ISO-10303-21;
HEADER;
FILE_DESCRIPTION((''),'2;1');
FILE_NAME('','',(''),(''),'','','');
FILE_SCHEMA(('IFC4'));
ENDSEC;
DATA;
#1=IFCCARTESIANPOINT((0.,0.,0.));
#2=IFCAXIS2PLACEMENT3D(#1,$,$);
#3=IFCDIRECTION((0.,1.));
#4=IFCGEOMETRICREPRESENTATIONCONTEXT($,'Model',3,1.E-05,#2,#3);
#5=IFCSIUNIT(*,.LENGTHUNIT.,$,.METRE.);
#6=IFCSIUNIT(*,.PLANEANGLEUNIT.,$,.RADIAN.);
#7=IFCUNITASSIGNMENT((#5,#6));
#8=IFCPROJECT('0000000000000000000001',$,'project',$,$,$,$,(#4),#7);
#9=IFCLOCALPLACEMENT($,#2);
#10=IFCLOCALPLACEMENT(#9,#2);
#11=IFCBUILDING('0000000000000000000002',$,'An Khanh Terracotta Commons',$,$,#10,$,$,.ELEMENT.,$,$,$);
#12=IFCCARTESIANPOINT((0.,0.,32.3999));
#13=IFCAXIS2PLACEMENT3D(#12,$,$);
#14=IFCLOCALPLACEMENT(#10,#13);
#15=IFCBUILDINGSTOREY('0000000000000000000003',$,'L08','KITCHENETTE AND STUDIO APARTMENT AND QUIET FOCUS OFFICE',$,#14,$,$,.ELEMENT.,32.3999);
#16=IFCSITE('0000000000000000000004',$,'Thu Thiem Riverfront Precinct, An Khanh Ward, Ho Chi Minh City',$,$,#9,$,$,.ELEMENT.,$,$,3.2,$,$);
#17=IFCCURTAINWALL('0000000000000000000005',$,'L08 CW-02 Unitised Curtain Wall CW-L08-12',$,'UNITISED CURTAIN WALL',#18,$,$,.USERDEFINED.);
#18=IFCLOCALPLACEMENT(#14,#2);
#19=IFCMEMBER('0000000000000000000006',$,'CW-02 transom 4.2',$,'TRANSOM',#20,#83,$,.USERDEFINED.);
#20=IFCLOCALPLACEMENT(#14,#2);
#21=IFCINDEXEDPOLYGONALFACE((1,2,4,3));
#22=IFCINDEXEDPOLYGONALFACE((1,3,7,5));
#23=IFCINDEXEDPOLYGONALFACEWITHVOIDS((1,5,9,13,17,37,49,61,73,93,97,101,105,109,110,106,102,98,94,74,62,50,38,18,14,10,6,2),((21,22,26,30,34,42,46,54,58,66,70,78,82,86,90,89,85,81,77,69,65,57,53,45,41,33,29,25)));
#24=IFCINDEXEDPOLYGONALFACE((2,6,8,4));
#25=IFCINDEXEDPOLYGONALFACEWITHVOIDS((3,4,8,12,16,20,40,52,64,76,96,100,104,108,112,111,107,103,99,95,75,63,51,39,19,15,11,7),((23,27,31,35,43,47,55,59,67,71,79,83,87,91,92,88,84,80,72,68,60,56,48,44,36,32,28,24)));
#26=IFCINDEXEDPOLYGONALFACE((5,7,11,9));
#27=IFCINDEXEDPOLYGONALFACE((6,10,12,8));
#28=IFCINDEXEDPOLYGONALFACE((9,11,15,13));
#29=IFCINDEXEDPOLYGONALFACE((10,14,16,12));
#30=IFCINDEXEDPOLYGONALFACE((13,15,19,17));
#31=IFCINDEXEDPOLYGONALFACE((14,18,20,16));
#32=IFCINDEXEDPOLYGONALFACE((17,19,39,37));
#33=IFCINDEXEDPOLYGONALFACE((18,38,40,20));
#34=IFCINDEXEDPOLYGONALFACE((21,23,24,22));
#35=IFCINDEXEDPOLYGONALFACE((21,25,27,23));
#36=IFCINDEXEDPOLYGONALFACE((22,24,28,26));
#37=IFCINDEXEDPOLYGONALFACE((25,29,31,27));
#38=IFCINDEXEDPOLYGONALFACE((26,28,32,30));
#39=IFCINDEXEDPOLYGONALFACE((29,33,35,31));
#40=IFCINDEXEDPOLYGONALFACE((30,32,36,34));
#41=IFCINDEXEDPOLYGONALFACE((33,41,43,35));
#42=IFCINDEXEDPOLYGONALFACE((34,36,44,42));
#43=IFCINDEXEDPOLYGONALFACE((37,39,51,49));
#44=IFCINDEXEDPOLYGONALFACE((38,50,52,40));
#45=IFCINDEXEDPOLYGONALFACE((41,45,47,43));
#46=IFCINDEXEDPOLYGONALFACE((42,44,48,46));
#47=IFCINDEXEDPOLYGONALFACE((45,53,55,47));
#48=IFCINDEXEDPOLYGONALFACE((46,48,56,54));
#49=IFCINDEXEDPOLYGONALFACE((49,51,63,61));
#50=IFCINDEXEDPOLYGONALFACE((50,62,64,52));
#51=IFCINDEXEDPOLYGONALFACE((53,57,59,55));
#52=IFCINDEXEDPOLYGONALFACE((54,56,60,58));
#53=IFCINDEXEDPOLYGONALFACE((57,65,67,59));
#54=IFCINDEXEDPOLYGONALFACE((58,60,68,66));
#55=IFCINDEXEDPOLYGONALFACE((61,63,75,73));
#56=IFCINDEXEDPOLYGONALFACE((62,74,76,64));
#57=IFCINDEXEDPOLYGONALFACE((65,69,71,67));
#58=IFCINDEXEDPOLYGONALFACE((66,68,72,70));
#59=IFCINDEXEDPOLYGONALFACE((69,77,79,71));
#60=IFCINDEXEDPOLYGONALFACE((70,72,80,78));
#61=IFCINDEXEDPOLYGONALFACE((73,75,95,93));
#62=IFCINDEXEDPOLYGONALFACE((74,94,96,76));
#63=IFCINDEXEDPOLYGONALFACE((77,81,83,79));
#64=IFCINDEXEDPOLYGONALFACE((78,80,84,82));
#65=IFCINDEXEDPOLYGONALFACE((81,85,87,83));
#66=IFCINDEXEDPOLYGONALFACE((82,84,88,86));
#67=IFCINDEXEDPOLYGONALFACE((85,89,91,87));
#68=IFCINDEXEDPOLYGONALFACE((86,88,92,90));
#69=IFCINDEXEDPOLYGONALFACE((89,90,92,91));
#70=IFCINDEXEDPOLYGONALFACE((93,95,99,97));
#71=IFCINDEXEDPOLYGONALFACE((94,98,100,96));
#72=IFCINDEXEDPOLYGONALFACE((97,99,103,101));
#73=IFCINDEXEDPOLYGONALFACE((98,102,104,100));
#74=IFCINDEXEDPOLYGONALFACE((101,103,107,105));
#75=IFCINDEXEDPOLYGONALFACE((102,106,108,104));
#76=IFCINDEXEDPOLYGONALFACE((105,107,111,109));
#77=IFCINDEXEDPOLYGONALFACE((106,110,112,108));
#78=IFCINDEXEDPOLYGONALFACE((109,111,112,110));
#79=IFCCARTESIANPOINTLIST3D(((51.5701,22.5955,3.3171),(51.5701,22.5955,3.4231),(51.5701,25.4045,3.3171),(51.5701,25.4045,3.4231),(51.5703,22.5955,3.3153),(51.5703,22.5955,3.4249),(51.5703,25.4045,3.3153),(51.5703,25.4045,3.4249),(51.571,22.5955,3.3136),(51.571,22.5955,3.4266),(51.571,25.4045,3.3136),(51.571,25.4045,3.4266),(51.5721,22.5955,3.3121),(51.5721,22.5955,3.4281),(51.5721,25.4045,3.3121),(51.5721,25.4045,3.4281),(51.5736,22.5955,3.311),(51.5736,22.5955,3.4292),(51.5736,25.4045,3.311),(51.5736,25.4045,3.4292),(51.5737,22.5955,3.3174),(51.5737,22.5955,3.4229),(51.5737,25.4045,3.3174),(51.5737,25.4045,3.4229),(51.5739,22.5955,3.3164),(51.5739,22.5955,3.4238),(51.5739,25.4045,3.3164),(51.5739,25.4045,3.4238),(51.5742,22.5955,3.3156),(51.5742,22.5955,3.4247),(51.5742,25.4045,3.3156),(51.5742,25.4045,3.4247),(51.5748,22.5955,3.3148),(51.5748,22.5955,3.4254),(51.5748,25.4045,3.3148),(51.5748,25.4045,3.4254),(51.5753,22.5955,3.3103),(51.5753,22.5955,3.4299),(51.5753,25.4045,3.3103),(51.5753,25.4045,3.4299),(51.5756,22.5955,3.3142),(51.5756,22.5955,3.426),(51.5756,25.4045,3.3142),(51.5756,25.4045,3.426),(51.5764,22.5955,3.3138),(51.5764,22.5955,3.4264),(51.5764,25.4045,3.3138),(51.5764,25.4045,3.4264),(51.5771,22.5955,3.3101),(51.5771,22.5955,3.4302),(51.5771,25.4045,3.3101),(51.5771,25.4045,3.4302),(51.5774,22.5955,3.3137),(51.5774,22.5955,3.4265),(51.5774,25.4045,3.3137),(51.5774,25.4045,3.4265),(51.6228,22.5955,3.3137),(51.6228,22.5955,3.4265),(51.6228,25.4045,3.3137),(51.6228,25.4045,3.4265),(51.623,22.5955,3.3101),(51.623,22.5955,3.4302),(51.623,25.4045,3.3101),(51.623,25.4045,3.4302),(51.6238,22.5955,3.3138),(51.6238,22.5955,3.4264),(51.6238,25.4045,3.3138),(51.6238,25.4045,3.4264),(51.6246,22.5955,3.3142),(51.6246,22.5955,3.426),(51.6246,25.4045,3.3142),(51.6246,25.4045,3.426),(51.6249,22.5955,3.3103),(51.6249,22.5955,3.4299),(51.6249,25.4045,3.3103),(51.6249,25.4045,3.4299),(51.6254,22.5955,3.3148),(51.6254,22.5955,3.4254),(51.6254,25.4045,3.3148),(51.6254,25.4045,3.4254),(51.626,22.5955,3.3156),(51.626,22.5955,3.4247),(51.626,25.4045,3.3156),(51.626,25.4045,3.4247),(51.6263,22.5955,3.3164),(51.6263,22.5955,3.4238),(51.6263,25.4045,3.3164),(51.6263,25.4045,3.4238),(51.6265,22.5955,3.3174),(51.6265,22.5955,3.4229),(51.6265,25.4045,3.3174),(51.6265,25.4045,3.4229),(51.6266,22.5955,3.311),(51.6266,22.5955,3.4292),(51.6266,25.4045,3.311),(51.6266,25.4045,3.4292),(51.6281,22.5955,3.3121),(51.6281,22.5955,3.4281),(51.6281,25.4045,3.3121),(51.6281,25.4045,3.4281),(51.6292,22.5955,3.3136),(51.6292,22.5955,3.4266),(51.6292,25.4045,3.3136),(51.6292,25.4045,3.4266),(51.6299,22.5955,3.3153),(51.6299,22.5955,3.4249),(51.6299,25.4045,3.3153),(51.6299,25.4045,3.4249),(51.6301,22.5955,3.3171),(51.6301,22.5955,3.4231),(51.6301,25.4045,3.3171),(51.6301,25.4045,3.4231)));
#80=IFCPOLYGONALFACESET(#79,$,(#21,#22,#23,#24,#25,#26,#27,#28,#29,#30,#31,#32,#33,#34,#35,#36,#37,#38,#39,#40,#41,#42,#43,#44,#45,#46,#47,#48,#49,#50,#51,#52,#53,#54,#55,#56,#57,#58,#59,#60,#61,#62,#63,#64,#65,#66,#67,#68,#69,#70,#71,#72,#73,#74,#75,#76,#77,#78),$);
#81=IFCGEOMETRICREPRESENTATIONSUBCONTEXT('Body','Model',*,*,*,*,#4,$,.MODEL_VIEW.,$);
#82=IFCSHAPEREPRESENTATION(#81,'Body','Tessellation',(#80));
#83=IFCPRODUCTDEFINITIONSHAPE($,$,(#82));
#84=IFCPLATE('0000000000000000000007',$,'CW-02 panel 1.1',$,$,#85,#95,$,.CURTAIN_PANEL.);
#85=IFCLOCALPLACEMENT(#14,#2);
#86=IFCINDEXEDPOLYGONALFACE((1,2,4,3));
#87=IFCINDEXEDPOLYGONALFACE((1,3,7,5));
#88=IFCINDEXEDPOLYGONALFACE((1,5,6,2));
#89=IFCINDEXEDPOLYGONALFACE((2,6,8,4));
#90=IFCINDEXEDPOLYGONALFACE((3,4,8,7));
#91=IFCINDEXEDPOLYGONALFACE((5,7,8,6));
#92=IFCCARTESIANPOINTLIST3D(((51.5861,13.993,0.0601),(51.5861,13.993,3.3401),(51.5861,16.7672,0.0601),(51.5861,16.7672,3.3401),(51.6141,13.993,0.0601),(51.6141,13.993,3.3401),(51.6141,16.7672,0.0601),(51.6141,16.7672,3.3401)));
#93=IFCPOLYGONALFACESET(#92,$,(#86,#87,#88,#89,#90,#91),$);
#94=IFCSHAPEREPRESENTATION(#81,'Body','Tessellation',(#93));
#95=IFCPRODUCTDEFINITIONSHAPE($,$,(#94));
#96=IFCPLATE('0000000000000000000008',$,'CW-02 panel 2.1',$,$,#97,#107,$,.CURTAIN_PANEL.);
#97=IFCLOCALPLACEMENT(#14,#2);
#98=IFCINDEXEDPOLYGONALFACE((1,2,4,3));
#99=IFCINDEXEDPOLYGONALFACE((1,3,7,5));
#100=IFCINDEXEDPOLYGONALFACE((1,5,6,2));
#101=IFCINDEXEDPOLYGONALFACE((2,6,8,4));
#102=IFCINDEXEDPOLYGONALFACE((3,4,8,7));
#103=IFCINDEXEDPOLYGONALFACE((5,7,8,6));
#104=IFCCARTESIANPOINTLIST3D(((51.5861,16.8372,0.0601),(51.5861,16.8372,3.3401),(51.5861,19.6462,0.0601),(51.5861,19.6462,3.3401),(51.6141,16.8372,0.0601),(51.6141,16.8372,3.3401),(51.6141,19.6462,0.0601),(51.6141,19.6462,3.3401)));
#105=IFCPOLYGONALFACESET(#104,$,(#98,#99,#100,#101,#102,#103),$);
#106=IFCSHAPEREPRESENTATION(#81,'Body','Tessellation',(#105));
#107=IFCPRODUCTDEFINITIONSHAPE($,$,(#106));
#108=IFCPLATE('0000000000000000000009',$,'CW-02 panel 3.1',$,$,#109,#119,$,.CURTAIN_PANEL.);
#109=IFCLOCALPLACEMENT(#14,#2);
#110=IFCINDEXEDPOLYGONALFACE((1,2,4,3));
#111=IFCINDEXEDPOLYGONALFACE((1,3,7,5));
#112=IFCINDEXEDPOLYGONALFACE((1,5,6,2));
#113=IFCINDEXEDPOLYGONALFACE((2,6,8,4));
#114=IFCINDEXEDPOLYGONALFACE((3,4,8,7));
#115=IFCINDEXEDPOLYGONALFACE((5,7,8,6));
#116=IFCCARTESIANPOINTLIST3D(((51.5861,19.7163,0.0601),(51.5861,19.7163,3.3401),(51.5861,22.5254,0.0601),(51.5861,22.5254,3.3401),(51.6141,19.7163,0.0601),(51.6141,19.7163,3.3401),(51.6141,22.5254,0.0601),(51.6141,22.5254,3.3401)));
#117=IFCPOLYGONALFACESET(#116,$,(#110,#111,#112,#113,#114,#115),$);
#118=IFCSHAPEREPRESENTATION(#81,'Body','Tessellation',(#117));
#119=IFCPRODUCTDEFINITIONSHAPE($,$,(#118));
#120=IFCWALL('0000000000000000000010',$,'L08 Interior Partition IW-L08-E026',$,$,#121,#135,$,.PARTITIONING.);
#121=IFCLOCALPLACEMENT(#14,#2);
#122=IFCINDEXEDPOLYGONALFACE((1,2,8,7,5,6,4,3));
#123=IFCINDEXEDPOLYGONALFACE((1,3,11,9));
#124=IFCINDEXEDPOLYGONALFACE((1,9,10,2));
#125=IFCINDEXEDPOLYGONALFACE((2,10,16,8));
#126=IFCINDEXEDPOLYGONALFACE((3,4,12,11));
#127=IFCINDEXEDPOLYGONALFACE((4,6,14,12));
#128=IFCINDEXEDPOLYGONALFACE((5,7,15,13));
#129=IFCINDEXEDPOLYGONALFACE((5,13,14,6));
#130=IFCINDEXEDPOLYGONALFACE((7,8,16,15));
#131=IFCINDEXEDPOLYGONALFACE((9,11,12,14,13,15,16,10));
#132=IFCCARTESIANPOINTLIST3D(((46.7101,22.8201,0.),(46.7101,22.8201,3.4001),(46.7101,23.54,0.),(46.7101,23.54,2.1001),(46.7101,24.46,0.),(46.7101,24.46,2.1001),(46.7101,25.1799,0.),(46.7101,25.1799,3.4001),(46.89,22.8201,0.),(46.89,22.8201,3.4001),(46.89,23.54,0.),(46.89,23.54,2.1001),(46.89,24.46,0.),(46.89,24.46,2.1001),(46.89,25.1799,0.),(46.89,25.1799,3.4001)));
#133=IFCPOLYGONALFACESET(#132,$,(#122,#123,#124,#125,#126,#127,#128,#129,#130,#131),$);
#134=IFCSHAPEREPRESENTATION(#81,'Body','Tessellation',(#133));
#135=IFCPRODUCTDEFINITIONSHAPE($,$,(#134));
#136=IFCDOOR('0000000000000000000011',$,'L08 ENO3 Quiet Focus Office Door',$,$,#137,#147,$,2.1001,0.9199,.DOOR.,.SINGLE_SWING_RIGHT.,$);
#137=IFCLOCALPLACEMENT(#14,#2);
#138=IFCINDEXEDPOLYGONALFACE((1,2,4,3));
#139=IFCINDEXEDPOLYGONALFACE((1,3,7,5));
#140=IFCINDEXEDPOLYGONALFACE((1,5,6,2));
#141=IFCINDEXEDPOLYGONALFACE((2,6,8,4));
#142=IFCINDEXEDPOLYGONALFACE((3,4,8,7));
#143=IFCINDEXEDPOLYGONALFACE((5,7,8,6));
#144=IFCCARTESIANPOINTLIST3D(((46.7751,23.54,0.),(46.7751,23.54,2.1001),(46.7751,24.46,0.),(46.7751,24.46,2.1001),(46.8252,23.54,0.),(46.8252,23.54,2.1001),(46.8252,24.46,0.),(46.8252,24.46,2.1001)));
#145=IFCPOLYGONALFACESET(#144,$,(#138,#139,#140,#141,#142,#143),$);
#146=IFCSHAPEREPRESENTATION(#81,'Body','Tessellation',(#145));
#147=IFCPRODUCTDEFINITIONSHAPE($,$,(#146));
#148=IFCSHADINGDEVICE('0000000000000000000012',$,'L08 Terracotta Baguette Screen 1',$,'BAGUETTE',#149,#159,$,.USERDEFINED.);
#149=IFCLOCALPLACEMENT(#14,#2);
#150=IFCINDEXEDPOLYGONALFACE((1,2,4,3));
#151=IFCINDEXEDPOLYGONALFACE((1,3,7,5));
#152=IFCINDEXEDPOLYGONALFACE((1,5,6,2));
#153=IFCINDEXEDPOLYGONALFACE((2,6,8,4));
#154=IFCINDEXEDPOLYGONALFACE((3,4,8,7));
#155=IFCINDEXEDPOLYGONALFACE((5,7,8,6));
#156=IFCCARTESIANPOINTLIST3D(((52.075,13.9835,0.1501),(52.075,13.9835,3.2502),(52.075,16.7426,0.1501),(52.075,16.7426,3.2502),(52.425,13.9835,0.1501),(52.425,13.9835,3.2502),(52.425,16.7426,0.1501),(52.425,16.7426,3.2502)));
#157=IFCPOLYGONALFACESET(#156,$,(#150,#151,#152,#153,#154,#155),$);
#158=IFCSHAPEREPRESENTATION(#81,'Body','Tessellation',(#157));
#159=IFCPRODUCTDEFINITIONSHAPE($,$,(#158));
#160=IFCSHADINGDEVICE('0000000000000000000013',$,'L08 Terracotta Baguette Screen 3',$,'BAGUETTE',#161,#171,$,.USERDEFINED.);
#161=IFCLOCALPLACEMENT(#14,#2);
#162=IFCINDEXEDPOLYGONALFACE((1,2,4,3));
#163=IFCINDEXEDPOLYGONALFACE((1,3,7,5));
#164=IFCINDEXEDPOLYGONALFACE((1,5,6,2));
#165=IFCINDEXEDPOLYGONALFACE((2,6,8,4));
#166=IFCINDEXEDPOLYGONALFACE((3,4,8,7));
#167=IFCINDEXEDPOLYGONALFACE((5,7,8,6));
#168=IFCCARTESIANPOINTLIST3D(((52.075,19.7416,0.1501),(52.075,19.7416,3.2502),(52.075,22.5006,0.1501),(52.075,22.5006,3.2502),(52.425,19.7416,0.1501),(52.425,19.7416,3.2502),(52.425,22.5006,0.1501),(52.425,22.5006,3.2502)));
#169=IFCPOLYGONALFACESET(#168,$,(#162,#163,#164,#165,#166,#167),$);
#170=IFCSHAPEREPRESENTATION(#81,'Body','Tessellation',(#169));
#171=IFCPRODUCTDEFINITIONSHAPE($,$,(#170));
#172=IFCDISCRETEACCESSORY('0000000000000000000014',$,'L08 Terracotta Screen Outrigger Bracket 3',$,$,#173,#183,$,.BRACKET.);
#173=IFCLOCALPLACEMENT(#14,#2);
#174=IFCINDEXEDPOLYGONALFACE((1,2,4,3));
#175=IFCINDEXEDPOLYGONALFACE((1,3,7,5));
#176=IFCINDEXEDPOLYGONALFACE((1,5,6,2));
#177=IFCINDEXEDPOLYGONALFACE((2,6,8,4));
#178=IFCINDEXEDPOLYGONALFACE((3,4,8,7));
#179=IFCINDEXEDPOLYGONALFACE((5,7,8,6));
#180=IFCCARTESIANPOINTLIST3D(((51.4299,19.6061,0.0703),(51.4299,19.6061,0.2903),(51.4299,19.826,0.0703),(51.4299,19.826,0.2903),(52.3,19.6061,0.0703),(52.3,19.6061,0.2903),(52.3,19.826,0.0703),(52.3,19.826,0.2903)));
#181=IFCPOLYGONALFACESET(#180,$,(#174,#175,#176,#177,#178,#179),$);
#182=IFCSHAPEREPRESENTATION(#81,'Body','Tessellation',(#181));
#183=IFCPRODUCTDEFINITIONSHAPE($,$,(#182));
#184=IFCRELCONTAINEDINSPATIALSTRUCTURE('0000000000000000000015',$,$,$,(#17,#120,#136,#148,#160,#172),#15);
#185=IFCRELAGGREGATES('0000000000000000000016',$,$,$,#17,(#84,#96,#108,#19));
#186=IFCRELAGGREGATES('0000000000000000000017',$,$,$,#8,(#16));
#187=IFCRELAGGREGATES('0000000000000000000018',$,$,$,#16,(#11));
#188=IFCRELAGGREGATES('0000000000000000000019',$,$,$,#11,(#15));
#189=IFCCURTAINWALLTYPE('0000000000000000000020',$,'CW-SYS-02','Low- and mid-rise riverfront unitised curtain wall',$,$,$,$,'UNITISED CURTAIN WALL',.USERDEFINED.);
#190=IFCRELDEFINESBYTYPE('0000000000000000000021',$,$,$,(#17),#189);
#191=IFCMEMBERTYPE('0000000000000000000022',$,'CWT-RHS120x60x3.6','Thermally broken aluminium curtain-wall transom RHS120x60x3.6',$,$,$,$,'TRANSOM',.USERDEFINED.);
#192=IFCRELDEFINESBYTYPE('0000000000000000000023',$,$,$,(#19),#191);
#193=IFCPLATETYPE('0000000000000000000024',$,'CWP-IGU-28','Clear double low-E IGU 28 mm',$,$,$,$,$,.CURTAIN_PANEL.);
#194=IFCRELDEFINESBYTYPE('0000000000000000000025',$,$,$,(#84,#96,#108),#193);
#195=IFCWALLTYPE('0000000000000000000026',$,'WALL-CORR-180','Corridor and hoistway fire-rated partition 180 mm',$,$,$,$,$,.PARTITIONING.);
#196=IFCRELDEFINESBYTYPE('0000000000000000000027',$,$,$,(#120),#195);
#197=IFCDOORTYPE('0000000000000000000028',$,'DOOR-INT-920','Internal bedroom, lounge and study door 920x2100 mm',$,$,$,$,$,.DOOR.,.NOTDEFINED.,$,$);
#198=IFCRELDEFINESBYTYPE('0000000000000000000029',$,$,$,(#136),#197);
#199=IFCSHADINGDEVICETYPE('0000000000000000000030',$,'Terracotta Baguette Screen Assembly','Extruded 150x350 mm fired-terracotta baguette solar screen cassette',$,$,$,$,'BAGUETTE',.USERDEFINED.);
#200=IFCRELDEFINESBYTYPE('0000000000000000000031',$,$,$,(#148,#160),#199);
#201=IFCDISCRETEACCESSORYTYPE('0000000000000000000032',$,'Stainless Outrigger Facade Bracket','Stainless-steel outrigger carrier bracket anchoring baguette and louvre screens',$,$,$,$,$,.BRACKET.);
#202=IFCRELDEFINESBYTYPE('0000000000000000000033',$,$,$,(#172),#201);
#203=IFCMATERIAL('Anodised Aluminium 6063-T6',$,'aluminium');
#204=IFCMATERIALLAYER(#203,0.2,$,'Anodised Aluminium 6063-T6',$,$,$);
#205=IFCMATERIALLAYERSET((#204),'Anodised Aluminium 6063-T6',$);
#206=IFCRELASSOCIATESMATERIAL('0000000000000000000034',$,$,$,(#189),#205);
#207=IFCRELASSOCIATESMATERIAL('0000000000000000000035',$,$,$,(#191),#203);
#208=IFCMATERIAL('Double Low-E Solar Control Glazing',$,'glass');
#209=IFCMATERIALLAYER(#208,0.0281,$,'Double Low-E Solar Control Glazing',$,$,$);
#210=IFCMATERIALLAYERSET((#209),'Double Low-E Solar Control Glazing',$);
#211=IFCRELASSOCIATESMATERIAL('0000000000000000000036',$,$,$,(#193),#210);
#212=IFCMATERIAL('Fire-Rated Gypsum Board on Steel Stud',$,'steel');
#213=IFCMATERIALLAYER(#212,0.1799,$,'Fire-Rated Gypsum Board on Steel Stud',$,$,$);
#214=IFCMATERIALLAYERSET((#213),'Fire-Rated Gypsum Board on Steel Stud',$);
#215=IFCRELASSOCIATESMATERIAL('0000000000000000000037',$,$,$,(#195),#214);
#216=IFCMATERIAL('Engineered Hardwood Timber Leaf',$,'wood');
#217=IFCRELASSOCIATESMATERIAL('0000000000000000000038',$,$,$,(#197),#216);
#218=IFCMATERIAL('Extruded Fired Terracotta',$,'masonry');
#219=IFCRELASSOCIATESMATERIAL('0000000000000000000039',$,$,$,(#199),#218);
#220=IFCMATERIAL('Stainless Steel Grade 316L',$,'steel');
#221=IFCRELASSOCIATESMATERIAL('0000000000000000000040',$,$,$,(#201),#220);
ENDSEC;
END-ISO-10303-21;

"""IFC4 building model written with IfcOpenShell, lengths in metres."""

from ifc_helpers import new_model, si_unit, direction, frame, frame_2d, origin, origin_2d, place, context, subcontext, project, spatial, rectangle, hollow_rectangle, extrude, material, layer, layer_set, material_profile, profile_set, type_object, element, fill, aggregate, save


model = new_model("IFC4")

# Units and contexts
model_context = context("Model", 3, precision=1e-05, world=origin(), true_north=direction((0.0, 1.0)))
body_context = subcontext(model_context, "Body", "Model", "MODEL_VIEW")
ifc_project = project(units=[si_unit("LENGTHUNIT", "METRE"), si_unit("PLANEANGLEUNIT", "RADIAN")], contexts=[model_context])

# Site, building, storey
site_placement = place(None, origin())
site = spatial("IfcSite", under=ifc_project, at=site_placement, Name="Thu Thiem Riverfront Precinct, An Khanh Ward, Ho Chi Minh City", CompositionType="ELEMENT", RefElevation=3.2)
building_placement = place(site_placement, origin())
building = spatial("IfcBuilding", under=site, at=building_placement, Name="An Khanh Terracotta Commons", CompositionType="ELEMENT")
storey_placement = place(building_placement, frame((0.0, 0.0, 32.3999)))
storey = spatial("IfcBuildingStorey", under=building, at=storey_placement, Name="L08", Description="KITCHENETTE AND STUDIO APARTMENT AND QUIET FOCUS OFFICE", CompositionType="ELEMENT", Elevation=32.3999)

# Curtain wall, member, plates
ifc_material_1 = material(Name="Anodised Aluminium 6063-T6", Category="aluminium")
ifc_layer_1 = layer(ifc_material_1, 0.2, Name="Anodised Aluminium 6063-T6")
ifc_layer_set_1 = layer_set([ifc_layer_1], Name="Anodised Aluminium 6063-T6")
curtain_wall_type = type_object("IfcCurtainWallType", Name="CW-SYS-02", Description="Low- and mid-rise riverfront unitised curtain wall", ElementType="UNITISED CURTAIN WALL", PredefinedType="USERDEFINED", material=ifc_layer_set_1)
curtain_wall_placement = place(storey_placement, origin())
curtain_wall = element("IfcCurtainWall", 1, at=curtain_wall_placement, inside=storey, type_object=curtain_wall_type, Name="L08 CW-02 Unitised Curtain Wall CW-L08-12", ObjectType="UNITISED CURTAIN WALL", PredefinedType="USERDEFINED")
ifc_material_profile_1 = material_profile(ifc_material_1, hollow_rectangle(XDim=0.0601, YDim=0.1201, WallThickness=0.0037, InnerFilletRadius=0.0037, OuterFilletRadius=0.0071, at=origin_2d()), Name="RHS120x60x3.6")
ifc_profile_set_1 = profile_set([ifc_material_profile_1], Name="Anodised Aluminium 6063-T6")
member_type_1 = type_object("IfcMemberType", Name="CWT-RHS120x60x3.6", Description="Thermally broken aluminium curtain-wall transom RHS120x60x3.6", ElementType="TRANSOM", PredefinedType="USERDEFINED", material=ifc_profile_set_1)
member_1_placement = place(storey_placement, frame((51.6001, 22.5955, 3.3701), z_axis=(0.0, 1.0, 0.0), x_axis=(-1.0, 0.0, 0.0)))
member_1 = element("IfcMember", 2, at=member_1_placement, type_object=member_type_1, Name="CW-02 transom 4.2", ObjectType="TRANSOM", PredefinedType="USERDEFINED", context=body_context, shape_type="SweptSolid", body=[
    extrude(hollow_rectangle(XDim=0.0601, YDim=0.1201, WallThickness=0.0037, InnerFilletRadius=0.0037, OuterFilletRadius=0.0071, at=origin_2d()), origin(), (0.0, 0.0, 1.0), 2.8091),
])
ifc_material_2 = material(Name="Double Low-E Solar Control Glazing", Category="glass")
ifc_layer_2 = layer(ifc_material_2, 0.0281, Name="Double Low-E Solar Control Glazing")
ifc_layer_set_2 = layer_set([ifc_layer_2], Name="Double Low-E Solar Control Glazing")
plate_type = type_object("IfcPlateType", Name="CWP-IGU-28", Description="Clear double low-E IGU 28 mm", PredefinedType="CURTAIN_PANEL", material=ifc_layer_set_2)
plate_1_placement = place(storey_placement, frame((51.6001, 15.3801, 0.0601), z_axis=(0.0, 0.0, 1.0), x_axis=(0.0, 1.0, 0.0)))
plate_1 = element("IfcPlate", 3, at=plate_1_placement, type_object=plate_type, Name="CW-02 panel 1.1", PredefinedType="CURTAIN_PANEL", context=body_context, shape_type="SweptSolid", body=[
    extrude(rectangle(XDim=2.7742, YDim=0.0281, at=origin_2d()), origin(), (0.0, 0.0, 1.0), 3.28),
])
plate_2_placement = place(storey_placement, frame((51.6001, 18.2417, 0.0601), z_axis=(0.0, 0.0, 1.0), x_axis=(0.0, 1.0, 0.0)))
plate_2 = element("IfcPlate", 4, at=plate_2_placement, type_object=plate_type, Name="CW-02 panel 2.1", PredefinedType="CURTAIN_PANEL", context=body_context, shape_type="SweptSolid", body=[
    extrude(rectangle(XDim=2.8091, YDim=0.0281, at=origin_2d()), origin(), (0.0, 0.0, 1.0), 3.28),
])
plate_3_placement = place(storey_placement, frame((51.6001, 21.1208, 0.0601), z_axis=(0.0, 0.0, 1.0), x_axis=(0.0, 1.0, 0.0)))
plate_3 = element("IfcPlate", 5, at=plate_3_placement, type_object=plate_type, Name="CW-02 panel 3.1", PredefinedType="CURTAIN_PANEL", context=body_context, shape_type="SweptSolid", body=[
    extrude(rectangle(XDim=2.8091, YDim=0.0281, at=origin_2d()), origin(), (0.0, 0.0, 1.0), 3.28),
])
aggregate(curtain_wall, [plate_1, plate_2, plate_3, member_1])

# Wall, opening, door
ifc_material_3 = material(Name="Fire-Rated Gypsum Board on Steel Stud", Category="steel")
ifc_layer_3 = layer(ifc_material_3, 0.1799, Name="Fire-Rated Gypsum Board on Steel Stud")
ifc_layer_set_3 = layer_set([ifc_layer_3], Name="Fire-Rated Gypsum Board on Steel Stud")
wall_type = type_object("IfcWallType", Name="WALL-CORR-180", Description="Corridor and hoistway fire-rated partition 180 mm", PredefinedType="PARTITIONING", material=ifc_layer_set_3)
wall_placement = place(storey_placement, frame((46.8, 22.8201, 0.0), z_axis=(0.0, 0.0, 1.0), x_axis=(0.0, 1.0, 0.0)))
wall = element("IfcWall", 6, at=wall_placement, inside=storey, type_object=wall_type, Name="L08 Interior Partition IW-L08-E026", PredefinedType="PARTITIONING", context=body_context, shape_type="SweptSolid", body=[
    extrude(rectangle(XDim=2.3599, YDim=0.1799, at=frame_2d((1.1799, 0.0))), origin(), (0.0, 0.0, 1.0), 3.4001),
])
opening_placement = place(wall_placement, frame((0.72, 0.0, 0.0)))
opening = element("IfcOpeningElement", 7, at=opening_placement, cuts=wall, PredefinedType="OPENING", context=body_context, shape_type="SweptSolid", body=[
    extrude(rectangle(XDim=0.9199, YDim=2.1001, at=frame_2d((0.46, 1.05))), frame((0.0, 0.0999, 0.0), z_axis=(0.0, -1.0, 0.0), x_axis=(1.0, 0.0, 0.0)), (0.0, 0.0, 1.0), 0.2),
])
ifc_material_4 = material(Name="Engineered Hardwood Timber Leaf", Category="wood")
door_type = type_object("IfcDoorType", Name="DOOR-INT-920", Description="Internal bedroom, lounge and study door 920x2100 mm", OperationType="NOTDEFINED", PredefinedType="DOOR", material=ifc_material_4)
door_placement = place(opening_placement, origin())
door = element("IfcDoor", 8, at=door_placement, inside=storey, type_object=door_type, Name="L08 ENO3 Quiet Focus Office Door", OperationType="SINGLE_SWING_RIGHT", OverallHeight=2.1001, OverallWidth=0.9199, PredefinedType="DOOR", context=body_context, shape_type="SweptSolid", body=[
    extrude(rectangle(XDim=0.9199, YDim=2.1001, at=frame_2d((0.46, 1.05))), frame((0.0, 0.0249, 0.0), z_axis=(0.0, -1.0, 0.0), x_axis=(1.0, 0.0, 0.0)), (0.0, 0.0, 1.0), 0.05),
])
fill(opening, door)

# Shading devices
ifc_material_5 = material(Name="Extruded Fired Terracotta", Category="masonry")
shading_device_type = type_object("IfcShadingDeviceType", Name="Terracotta Baguette Screen Assembly", Description="Extruded 150x350 mm fired-terracotta baguette solar screen cassette", ElementType="BAGUETTE", PredefinedType="USERDEFINED", material=ifc_material_5)
for number, where, z_axis, x_axis, name in (
    (9, (52.25, 15.363, 0.1501), (0.0, 0.0, 1.0), (0.0, 1.0, 0.0), "L08 Terracotta Baguette Screen 1"),
    (10, (52.25, 21.1211, 0.1501), (0.0, 0.0, 1.0), (0.0, 1.0, 0.0), "L08 Terracotta Baguette Screen 3"),
):
    element("IfcShadingDevice", number, at=place(storey_placement, frame(where, z_axis=z_axis, x_axis=x_axis)), inside=storey, type_object=shading_device_type, Name=name, ObjectType="BAGUETTE", PredefinedType="USERDEFINED", context=body_context, shape_type="SweptSolid", body=[
        extrude(rectangle(XDim=2.759, YDim=0.3501, at=origin_2d()), origin(), (0.0, 0.0, 1.0), 3.1001),
    ])

# Discrete accessory
ifc_material_6 = material(Name="Stainless Steel Grade 316L", Category="steel")
discrete_accessory_type = type_object("IfcDiscreteAccessoryType", Name="Stainless Outrigger Facade Bracket", Description="Stainless-steel outrigger carrier bracket anchoring baguette and louvre screens", PredefinedType="BRACKET", material=ifc_material_6)
discrete_accessory_placement = place(storey_placement, frame((51.865, 19.7161, 0.0703), z_axis=(0.0, 0.0, 1.0), x_axis=(0.0, 1.0, 0.0)))
element("IfcDiscreteAccessory", 11, at=discrete_accessory_placement, inside=storey, type_object=discrete_accessory_type, Name="L08 Terracotta Screen Outrigger Bracket 3", PredefinedType="BRACKET", context=body_context, shape_type="SweptSolid", body=[
    extrude(rectangle(XDim=0.22, YDim=0.8701, at=origin_2d()), origin(), (0.0, 0.0, 1.0), 0.22),
])

save(model, "model.ifc")
